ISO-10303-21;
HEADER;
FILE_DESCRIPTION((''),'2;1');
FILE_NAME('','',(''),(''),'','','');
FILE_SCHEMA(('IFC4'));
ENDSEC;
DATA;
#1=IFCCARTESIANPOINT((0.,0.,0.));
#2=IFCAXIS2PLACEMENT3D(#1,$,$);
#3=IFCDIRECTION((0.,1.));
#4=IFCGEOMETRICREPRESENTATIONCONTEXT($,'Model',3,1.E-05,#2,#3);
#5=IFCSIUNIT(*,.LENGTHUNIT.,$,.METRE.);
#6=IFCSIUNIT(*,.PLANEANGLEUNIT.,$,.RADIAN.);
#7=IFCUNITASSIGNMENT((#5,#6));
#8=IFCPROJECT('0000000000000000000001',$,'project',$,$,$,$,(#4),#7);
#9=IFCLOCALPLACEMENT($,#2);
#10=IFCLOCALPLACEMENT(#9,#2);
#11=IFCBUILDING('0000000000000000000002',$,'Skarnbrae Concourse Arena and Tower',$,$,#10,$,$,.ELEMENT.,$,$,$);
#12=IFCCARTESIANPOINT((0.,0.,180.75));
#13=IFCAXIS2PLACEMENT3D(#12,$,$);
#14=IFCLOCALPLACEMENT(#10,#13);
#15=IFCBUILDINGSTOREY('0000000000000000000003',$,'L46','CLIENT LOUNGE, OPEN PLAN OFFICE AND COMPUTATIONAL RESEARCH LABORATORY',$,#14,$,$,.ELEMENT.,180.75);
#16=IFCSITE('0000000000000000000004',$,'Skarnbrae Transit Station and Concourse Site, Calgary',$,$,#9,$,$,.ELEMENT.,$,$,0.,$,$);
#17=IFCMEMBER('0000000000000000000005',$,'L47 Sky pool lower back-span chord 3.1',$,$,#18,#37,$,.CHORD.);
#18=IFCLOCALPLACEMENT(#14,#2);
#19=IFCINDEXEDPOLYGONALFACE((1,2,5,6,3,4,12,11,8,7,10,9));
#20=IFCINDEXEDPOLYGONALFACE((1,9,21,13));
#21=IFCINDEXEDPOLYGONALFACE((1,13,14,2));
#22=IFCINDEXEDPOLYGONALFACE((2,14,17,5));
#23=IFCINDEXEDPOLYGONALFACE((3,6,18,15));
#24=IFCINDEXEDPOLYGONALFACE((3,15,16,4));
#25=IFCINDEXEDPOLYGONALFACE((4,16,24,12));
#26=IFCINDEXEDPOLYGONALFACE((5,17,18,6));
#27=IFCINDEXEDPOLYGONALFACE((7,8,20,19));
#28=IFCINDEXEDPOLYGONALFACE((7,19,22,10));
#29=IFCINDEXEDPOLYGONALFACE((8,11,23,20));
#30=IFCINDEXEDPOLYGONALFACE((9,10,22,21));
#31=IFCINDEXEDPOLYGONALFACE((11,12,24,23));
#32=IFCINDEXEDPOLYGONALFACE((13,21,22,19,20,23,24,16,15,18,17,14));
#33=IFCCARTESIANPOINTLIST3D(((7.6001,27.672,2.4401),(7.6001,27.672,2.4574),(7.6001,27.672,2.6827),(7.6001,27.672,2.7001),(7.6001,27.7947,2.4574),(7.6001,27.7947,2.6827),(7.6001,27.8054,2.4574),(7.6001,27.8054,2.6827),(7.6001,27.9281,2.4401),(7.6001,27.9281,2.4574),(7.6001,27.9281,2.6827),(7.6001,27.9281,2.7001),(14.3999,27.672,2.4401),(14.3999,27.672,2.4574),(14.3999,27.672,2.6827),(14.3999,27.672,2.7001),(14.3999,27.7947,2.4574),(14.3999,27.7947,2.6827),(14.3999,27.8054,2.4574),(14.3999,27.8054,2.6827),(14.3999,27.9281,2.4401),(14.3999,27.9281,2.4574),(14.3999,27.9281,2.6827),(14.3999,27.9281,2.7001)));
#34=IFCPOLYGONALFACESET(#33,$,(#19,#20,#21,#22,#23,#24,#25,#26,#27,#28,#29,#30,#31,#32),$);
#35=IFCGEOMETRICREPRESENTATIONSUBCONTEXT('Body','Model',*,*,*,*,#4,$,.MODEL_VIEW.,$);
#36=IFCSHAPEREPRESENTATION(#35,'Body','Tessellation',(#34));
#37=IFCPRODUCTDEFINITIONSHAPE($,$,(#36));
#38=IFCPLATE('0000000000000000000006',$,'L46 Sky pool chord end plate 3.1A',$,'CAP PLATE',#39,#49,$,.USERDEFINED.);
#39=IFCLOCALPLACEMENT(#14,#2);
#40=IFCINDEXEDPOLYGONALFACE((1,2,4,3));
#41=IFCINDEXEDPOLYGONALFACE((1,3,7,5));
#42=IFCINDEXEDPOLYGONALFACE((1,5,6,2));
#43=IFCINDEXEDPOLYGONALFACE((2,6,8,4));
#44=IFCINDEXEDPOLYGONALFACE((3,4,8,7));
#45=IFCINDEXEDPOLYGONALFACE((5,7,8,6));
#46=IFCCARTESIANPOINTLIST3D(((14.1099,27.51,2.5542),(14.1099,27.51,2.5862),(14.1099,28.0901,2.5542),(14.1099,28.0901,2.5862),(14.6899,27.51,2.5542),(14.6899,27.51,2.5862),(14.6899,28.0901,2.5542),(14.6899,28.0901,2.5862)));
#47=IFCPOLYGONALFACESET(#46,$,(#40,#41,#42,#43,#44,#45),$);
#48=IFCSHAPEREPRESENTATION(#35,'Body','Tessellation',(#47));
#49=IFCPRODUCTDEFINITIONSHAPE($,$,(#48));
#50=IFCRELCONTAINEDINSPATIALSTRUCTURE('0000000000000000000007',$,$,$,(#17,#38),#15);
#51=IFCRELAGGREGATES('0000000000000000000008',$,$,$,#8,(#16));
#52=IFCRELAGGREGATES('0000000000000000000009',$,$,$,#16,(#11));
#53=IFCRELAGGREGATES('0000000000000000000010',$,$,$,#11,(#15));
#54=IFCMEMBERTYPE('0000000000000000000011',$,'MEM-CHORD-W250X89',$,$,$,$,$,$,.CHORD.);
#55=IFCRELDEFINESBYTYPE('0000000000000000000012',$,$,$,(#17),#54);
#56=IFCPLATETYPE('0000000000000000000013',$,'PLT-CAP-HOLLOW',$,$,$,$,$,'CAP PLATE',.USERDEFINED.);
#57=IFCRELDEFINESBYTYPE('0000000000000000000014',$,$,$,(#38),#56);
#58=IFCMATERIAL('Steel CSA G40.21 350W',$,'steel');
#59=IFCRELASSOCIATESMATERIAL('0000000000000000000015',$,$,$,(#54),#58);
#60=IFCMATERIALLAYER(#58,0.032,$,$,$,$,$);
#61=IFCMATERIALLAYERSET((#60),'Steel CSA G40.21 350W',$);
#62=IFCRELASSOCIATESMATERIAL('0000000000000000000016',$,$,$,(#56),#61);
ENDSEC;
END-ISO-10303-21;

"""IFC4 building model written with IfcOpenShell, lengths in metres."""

from ifc_helpers import new_model, si_unit, direction, frame, origin, origin_2d, place, context, subcontext, project, spatial, rectangle, i_section, extrude, source, transform, mapped, material, layer, layer_set, material_profile, profile_set, type_object, element, save


model = new_model("IFC4")

# Units and contexts
model_context = context("Model", 3, precision=1e-05, world=origin(), true_north=direction((0.0, 1.0)))
body_context = subcontext(model_context, "Body", "Model", "MODEL_VIEW")
ifc_project = project(units=[si_unit("LENGTHUNIT", "METRE"), si_unit("PLANEANGLEUNIT", "RADIAN")], contexts=[model_context])

# Site, building, storey
site_placement = place(None, origin())
site = spatial("IfcSite", under=ifc_project, at=site_placement, Name="Skarnbrae Transit Station and Concourse Site, Calgary", CompositionType="ELEMENT", RefElevation=0.0)
building_placement = place(site_placement, origin())
building = spatial("IfcBuilding", under=site, at=building_placement, Name="Skarnbrae Concourse Arena and Tower", CompositionType="ELEMENT")
storey_placement = place(building_placement, frame((0.0, 0.0, 180.75)))
storey = spatial("IfcBuildingStorey", under=building, at=storey_placement, Name="L46", Description="CLIENT LOUNGE, OPEN PLAN OFFICE AND COMPUTATIONAL RESEARCH LABORATORY", CompositionType="ELEMENT", Elevation=180.75)

# Shared definitions
ifc_material = material(Name="Steel CSA G40.21 350W", Category="steel")

# Member
ifc_material_profile_1 = material_profile(ifc_material, i_section(OverallWidth=0.2561, OverallDepth=0.26, WebThickness=0.0107, FlangeThickness=0.0173, at=origin_2d()), Name="W250X89")
ifc_profile_set_1 = profile_set([ifc_material_profile_1], Name="Steel CSA G40.21 350W")
member_type = type_object("IfcMemberType", Name="MEM-CHORD-W250X89", PredefinedType="CHORD", material=ifc_profile_set_1)
shared_shape_1 = source(origin(), body_context, "Body", "SweptSolid", [
    extrude(i_section(OverallWidth=0.2561, OverallDepth=0.26, WebThickness=0.0107, FlangeThickness=0.0173, at=origin_2d()), origin(), (0.0, 0.0, 1.0), 6.7998),
])
member_placement = place(storey_placement, frame((14.3999, 27.8, 2.5701), z_axis=(-1.0, 0.0, 0.0), x_axis=(0.0, -1.0, 0.0)))
element("IfcMember", 1, at=member_placement, inside=storey, type_object=member_type, Name="L47 Sky pool lower back-span chord 3.1", PredefinedType="CHORD", context=body_context, shape_type="MappedRepresentation", body=[
    mapped(shared_shape_1, transform((0.0, 0.0, 0.0))),
])

# Plate
ifc_layer = layer(ifc_material, 0.032)
ifc_layer_set = layer_set([ifc_layer], Name="Steel CSA G40.21 350W")
plate_type = type_object("IfcPlateType", Name="PLT-CAP-HOLLOW", ElementType="CAP PLATE", PredefinedType="USERDEFINED", material=ifc_layer_set)
shared_shape_2 = source(origin(), body_context, "Body", "SweptSolid", [
    extrude(rectangle(XDim=0.5801, YDim=0.5801, at=origin_2d()), origin(), (0.0, 0.0, 1.0), 0.032),
])
plate_placement = place(storey_placement, frame((14.3999, 27.8, 2.5542), z_axis=(0.0, 0.0, 1.0), x_axis=(1.0, 0.0, 0.0)))
element("IfcPlate", 2, at=plate_placement, inside=storey, type_object=plate_type, Name="L46 Sky pool chord end plate 3.1A", ObjectType="CAP PLATE", PredefinedType="USERDEFINED", context=body_context, shape_type="MappedRepresentation", body=[
    mapped(shared_shape_2, transform((0.0, 0.0, 0.0))),
])

save(model, "model.ifc")
